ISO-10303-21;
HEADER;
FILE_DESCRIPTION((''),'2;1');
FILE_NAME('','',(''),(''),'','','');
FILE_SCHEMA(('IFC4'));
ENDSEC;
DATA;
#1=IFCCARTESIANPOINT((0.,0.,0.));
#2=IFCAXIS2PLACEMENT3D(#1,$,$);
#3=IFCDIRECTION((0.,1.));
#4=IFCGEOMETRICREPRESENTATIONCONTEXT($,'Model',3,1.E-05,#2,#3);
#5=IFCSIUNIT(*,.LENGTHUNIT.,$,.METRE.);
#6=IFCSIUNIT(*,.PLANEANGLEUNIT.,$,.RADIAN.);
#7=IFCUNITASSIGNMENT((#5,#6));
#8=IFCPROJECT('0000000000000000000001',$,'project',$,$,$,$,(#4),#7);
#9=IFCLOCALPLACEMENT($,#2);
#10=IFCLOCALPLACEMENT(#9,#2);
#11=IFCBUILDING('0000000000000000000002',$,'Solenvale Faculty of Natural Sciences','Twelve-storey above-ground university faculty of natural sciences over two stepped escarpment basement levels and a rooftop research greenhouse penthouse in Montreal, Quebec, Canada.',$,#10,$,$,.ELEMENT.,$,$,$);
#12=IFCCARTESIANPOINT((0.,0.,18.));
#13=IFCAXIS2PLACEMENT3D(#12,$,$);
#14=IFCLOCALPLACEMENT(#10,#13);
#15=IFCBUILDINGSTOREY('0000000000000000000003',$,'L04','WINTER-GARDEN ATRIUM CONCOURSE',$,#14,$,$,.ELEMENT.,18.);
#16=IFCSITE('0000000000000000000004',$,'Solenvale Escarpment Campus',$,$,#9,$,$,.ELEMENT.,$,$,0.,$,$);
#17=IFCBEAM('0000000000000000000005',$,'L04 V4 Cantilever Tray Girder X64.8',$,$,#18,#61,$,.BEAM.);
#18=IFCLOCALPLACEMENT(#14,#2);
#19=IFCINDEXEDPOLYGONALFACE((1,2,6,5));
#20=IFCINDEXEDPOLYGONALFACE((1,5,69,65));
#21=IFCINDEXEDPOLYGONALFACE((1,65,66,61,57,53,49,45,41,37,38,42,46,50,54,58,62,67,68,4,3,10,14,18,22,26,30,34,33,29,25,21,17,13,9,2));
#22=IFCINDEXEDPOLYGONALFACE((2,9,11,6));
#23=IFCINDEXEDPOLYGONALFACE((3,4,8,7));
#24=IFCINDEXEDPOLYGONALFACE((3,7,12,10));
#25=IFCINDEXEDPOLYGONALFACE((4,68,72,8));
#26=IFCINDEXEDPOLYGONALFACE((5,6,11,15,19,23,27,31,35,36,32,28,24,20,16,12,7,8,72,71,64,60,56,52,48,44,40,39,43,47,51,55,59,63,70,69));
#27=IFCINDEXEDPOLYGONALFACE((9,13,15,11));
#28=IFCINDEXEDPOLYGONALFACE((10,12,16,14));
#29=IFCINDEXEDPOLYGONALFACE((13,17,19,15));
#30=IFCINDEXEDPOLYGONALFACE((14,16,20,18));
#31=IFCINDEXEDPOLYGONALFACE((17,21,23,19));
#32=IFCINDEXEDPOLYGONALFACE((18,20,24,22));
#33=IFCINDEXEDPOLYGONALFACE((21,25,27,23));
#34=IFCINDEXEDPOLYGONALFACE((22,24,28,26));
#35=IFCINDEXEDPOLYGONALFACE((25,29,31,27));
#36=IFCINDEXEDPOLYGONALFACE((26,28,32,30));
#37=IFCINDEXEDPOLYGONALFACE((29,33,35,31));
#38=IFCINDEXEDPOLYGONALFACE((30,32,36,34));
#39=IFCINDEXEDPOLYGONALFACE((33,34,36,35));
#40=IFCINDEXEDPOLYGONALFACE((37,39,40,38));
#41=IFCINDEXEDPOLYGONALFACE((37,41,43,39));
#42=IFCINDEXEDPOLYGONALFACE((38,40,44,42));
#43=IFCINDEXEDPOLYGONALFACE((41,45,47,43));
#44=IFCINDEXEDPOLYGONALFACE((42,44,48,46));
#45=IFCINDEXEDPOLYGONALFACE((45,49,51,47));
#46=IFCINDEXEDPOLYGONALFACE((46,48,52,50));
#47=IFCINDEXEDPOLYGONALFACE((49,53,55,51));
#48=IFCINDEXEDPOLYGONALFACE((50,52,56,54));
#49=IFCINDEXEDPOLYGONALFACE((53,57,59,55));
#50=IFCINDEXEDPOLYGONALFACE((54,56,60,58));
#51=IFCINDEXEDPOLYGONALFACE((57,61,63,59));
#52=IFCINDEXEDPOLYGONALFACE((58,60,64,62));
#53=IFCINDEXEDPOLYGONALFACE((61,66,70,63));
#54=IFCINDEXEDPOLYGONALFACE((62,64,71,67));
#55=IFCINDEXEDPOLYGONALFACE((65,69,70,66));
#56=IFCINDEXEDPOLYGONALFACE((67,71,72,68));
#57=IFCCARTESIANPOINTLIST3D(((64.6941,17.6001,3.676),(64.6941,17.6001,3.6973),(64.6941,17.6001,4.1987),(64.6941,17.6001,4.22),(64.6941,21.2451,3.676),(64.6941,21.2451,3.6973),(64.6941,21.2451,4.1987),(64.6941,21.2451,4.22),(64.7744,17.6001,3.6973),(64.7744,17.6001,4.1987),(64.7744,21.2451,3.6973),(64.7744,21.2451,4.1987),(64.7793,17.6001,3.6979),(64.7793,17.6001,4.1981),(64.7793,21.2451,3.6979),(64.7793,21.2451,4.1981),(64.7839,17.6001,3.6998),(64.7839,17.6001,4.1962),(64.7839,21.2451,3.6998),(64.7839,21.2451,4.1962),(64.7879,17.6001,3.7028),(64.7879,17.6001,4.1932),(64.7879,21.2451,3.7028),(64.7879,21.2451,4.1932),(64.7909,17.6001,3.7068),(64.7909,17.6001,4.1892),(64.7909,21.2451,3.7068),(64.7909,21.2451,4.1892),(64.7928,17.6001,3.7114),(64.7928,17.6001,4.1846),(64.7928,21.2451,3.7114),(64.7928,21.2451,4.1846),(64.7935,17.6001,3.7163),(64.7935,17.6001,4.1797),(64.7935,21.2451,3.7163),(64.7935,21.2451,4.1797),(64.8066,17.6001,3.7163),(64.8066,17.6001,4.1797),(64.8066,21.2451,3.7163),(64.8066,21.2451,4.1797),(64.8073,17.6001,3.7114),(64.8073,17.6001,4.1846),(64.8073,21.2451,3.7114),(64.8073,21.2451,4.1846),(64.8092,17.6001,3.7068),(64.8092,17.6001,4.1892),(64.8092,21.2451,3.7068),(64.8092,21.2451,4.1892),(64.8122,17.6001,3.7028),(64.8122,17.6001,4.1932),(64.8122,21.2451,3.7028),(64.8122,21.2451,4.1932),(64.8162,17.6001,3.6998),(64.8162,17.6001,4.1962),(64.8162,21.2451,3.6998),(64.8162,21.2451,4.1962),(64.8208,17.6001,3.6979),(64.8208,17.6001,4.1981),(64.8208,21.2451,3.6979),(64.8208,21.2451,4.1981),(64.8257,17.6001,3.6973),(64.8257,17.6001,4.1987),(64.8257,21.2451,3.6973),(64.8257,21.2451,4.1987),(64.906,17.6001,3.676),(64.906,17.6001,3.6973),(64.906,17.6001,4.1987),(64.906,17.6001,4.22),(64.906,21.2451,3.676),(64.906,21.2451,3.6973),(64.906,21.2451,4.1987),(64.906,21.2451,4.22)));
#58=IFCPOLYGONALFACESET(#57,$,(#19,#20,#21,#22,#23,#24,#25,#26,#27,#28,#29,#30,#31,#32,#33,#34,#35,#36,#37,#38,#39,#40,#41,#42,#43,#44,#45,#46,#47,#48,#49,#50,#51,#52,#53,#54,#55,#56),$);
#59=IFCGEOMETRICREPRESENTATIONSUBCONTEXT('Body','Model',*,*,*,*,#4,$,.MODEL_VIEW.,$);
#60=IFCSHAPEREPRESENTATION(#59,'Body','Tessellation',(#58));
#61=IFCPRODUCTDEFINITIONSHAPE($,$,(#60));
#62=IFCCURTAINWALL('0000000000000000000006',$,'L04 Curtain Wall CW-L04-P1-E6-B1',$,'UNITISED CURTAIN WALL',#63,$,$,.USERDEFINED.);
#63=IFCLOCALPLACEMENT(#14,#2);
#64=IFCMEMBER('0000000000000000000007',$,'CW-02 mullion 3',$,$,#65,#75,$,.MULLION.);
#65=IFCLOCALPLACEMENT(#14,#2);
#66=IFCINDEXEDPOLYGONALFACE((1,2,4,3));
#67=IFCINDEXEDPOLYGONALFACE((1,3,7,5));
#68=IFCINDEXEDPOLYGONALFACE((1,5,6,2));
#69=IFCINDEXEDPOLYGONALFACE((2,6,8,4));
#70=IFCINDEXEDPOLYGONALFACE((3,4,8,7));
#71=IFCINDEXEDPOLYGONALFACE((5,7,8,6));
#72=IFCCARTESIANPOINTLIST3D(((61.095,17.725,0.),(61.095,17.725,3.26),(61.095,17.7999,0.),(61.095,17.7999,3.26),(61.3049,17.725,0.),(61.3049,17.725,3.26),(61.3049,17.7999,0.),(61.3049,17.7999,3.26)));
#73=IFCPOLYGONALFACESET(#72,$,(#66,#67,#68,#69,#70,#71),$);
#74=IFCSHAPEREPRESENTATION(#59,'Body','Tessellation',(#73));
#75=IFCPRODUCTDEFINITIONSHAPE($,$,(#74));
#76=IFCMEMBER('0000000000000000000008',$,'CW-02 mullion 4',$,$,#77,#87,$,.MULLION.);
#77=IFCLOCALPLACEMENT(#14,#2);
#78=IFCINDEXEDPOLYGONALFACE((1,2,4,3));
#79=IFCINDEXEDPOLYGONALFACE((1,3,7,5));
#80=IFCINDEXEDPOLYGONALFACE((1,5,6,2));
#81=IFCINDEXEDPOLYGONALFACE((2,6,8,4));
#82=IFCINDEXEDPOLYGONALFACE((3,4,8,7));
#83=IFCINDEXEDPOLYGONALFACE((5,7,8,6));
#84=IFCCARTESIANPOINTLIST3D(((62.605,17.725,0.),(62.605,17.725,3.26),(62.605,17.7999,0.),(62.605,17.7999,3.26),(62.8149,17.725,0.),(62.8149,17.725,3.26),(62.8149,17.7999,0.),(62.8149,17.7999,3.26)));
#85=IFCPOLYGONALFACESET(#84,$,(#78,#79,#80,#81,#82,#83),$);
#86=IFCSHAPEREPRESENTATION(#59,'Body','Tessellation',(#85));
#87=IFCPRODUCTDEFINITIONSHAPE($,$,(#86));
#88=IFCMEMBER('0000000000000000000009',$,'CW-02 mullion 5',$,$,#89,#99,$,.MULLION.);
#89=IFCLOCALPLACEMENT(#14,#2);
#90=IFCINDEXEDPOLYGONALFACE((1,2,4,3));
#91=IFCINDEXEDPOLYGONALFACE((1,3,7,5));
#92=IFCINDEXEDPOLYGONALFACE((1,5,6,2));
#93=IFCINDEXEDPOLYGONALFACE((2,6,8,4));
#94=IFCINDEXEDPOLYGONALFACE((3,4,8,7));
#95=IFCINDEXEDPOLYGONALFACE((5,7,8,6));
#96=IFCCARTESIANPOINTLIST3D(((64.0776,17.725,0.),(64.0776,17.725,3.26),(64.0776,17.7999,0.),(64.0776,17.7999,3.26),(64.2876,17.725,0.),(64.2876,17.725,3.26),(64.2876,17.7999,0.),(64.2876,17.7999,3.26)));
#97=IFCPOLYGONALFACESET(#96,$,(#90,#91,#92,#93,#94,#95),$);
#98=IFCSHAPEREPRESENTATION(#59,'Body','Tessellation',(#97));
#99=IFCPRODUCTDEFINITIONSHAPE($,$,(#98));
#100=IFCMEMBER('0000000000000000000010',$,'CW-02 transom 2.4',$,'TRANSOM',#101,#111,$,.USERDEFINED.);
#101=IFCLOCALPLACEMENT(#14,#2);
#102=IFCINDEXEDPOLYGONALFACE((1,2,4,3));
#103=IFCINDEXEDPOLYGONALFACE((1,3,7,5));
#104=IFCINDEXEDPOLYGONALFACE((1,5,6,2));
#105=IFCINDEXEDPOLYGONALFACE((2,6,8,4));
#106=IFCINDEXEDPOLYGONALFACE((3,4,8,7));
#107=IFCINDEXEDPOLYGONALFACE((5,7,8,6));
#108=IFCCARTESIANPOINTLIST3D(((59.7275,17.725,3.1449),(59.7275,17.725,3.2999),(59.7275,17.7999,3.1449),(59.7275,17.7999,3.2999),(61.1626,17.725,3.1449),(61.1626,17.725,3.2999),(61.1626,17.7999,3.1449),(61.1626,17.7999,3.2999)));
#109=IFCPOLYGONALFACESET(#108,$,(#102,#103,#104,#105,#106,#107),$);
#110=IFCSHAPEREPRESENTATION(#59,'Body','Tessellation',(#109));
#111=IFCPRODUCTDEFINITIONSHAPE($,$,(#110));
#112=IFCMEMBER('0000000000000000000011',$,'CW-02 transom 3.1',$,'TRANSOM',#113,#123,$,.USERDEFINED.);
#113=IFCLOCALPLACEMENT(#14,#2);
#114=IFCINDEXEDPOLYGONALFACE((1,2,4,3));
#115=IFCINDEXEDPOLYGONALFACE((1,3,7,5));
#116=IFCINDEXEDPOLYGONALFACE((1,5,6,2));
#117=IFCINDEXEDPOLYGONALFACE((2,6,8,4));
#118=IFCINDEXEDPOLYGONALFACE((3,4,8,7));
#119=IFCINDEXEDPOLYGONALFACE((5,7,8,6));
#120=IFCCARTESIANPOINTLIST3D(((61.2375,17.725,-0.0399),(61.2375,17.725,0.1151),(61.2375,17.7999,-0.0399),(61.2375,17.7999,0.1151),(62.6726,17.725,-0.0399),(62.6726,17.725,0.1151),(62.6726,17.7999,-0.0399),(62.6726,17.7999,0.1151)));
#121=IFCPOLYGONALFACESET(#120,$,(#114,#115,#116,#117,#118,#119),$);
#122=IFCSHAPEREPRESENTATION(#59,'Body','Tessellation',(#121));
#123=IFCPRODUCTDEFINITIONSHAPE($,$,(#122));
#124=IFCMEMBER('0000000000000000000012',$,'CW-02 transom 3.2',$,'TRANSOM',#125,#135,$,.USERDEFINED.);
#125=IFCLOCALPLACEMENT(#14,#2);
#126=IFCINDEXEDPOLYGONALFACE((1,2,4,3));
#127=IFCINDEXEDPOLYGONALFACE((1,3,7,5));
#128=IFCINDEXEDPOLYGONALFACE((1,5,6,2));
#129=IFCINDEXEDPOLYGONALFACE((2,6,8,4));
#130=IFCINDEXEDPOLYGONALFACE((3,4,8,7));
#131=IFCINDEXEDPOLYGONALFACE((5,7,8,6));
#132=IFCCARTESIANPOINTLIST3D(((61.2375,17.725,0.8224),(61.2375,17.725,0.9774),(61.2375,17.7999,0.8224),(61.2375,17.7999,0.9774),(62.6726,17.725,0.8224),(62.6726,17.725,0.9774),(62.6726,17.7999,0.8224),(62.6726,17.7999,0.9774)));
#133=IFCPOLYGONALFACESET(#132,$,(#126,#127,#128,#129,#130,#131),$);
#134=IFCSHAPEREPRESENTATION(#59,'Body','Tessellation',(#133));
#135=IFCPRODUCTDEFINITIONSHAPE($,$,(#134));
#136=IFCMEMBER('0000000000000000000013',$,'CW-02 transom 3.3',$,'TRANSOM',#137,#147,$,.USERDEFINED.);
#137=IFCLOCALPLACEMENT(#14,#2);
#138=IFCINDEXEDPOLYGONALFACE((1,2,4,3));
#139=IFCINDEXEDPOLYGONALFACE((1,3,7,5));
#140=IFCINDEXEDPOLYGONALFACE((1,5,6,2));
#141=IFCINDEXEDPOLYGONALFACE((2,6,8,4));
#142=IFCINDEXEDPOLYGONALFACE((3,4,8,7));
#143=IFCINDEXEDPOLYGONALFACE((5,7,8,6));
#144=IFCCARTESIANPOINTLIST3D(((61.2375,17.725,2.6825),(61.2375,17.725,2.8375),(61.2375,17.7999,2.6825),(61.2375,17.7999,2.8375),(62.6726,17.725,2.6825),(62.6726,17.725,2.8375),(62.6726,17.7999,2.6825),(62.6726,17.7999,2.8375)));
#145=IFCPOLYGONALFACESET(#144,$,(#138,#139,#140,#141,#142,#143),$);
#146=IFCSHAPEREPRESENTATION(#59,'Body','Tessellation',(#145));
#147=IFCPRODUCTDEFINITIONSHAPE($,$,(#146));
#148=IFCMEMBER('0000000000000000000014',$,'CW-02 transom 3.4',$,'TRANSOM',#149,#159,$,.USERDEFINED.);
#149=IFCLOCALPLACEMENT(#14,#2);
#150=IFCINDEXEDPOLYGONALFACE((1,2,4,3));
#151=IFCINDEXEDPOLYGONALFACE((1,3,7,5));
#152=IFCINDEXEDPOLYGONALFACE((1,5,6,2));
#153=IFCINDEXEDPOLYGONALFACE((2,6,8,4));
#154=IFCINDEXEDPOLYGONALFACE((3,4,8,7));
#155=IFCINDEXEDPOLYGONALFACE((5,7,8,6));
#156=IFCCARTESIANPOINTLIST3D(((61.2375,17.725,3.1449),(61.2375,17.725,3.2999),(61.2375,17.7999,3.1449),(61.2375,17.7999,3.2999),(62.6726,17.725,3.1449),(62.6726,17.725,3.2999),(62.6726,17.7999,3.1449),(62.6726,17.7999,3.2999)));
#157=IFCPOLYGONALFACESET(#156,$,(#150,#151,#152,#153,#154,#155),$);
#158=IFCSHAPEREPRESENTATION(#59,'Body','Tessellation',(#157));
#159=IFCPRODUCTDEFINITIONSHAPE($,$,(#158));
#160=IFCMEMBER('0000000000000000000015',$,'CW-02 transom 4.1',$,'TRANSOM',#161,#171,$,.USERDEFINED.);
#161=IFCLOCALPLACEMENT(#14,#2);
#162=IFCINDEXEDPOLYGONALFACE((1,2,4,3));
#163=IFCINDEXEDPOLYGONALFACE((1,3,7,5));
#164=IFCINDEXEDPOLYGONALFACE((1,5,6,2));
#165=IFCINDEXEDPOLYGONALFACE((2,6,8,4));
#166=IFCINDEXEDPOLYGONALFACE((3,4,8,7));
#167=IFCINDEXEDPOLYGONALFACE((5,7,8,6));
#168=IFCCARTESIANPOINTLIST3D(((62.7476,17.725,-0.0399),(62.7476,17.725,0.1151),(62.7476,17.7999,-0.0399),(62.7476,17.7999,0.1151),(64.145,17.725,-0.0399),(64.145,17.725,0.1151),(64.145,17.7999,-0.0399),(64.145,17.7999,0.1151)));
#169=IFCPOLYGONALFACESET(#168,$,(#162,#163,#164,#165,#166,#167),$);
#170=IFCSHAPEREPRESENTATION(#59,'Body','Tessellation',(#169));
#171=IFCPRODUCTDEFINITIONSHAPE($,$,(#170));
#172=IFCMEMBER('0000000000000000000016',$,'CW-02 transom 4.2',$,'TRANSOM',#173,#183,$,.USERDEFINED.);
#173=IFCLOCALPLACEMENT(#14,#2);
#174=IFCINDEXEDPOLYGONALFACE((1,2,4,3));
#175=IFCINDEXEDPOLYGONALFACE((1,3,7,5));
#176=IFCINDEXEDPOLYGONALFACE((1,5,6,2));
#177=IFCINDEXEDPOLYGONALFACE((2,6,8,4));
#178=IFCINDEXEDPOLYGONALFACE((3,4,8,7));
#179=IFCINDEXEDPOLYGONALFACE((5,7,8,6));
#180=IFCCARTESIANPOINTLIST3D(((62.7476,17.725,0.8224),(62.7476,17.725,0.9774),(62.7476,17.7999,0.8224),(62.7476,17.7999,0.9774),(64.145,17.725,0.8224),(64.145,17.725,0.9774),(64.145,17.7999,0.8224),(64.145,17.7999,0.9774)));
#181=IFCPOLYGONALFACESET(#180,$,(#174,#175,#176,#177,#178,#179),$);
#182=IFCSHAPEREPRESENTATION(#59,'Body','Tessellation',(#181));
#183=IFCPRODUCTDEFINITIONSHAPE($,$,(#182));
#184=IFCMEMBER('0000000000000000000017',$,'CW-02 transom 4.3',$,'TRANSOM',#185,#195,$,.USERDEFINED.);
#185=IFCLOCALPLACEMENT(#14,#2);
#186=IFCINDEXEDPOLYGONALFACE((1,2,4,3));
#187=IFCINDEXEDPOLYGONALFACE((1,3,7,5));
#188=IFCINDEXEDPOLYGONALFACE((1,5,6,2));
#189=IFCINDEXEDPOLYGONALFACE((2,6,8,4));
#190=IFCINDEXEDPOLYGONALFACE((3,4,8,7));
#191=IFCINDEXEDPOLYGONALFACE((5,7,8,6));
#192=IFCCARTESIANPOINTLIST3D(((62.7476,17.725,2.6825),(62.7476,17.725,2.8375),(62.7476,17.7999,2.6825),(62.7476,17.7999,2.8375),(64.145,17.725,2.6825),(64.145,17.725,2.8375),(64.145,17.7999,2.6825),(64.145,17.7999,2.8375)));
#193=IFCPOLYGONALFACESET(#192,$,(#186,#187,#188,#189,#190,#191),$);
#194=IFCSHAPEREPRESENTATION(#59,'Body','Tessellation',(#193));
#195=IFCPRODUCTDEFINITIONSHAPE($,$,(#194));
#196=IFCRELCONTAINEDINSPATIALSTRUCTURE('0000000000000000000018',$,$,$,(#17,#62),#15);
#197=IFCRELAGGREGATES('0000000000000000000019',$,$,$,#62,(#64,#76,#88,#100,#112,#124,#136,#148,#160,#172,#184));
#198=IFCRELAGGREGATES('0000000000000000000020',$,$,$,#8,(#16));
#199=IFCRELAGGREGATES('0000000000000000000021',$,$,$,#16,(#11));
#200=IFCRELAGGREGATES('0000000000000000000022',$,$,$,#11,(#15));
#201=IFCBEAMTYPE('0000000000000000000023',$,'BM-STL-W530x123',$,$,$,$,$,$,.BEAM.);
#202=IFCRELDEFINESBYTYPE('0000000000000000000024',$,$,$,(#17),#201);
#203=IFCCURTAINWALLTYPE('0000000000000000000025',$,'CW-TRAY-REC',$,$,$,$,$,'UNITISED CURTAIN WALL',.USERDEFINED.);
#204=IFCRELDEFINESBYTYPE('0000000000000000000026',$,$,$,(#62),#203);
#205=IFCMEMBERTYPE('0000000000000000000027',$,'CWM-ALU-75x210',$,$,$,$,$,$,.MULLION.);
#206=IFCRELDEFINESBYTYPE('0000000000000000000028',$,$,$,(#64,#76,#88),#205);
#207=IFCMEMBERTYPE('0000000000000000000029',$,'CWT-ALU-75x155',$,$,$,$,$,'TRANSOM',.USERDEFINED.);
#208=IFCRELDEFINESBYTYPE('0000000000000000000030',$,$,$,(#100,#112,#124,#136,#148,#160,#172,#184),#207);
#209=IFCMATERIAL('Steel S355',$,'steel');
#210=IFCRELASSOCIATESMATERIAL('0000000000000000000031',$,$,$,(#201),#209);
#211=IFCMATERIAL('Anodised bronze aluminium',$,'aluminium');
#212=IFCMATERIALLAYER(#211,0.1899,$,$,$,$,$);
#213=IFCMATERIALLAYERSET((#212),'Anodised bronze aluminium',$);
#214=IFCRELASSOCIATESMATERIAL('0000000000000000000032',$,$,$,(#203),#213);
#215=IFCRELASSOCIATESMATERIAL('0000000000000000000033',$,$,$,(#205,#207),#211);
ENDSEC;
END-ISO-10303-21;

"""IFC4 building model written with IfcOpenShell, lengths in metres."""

from ifc_helpers import new_model, si_unit, direction, frame, origin, origin_2d, place, context, subcontext, project, spatial, rectangle, i_section, extrude, material, layer, layer_set, material_profile, profile_set, type_object, element, aggregate, save


model = new_model("IFC4")

# Units and contexts
model_context = context("Model", 3, precision=1e-05, world=origin(), true_north=direction((0.0, 1.0)))
body_context = subcontext(model_context, "Body", "Model", "MODEL_VIEW")
ifc_project = project(units=[si_unit("LENGTHUNIT", "METRE"), si_unit("PLANEANGLEUNIT", "RADIAN")], contexts=[model_context])

# Site, building, storey
site_placement = place(None, origin())
site = spatial("IfcSite", under=ifc_project, at=site_placement, Name="Solenvale Escarpment Campus", CompositionType="ELEMENT", RefElevation=0.0)
building_placement = place(site_placement, origin())
building = spatial("IfcBuilding", under=site, at=building_placement, Name="Solenvale Faculty of Natural Sciences", Description="Twelve-storey above-ground university faculty of natural sciences over two stepped escarpment basement levels and a rooftop research greenhouse penthouse in Montreal, Quebec, Canada.", CompositionType="ELEMENT")
storey_placement = place(building_placement, frame((0.0, 0.0, 18.0)))
storey = spatial("IfcBuildingStorey", under=building, at=storey_placement, Name="L04", Description="WINTER-GARDEN ATRIUM CONCOURSE", CompositionType="ELEMENT", Elevation=18.0)

# Beam
ifc_material_1 = material(Name="Steel S355", Category="steel")
ifc_material_profile_1 = material_profile(ifc_material_1, i_section(OverallWidth=0.2119, OverallDepth=0.5439, WebThickness=0.0132, FlangeThickness=0.0212, FilletRadius=0.019, at=origin_2d()), Name="W530x123")
ifc_profile_set_1 = profile_set([ifc_material_profile_1], Name="Steel S355")
beam_type = type_object("IfcBeamType", Name="BM-STL-W530x123", PredefinedType="BEAM", material=ifc_profile_set_1)
beam_placement = place(storey_placement, frame((64.8, 21.2451, 3.948), z_axis=(0.0, -1.0, 0.0), x_axis=(1.0, 0.0, 0.0)))
element("IfcBeam", 1, at=beam_placement, inside=storey, type_object=beam_type, Name="L04 V4 Cantilever Tray Girder X64.8", PredefinedType="BEAM", context=body_context, shape_type="SweptSolid", body=[
    extrude(i_section(OverallWidth=0.2119, OverallDepth=0.5439, WebThickness=0.0132, FlangeThickness=0.0212, FilletRadius=0.019, at=origin_2d()), origin(), (0.0, 0.0, 1.0), 3.645),
])

# Curtain wall, members
ifc_material_2 = material(Name="Anodised bronze aluminium", Category="aluminium")
ifc_layer_1 = layer(ifc_material_2, 0.1899)
ifc_layer_set_1 = layer_set([ifc_layer_1], Name="Anodised bronze aluminium")
curtain_wall_type = type_object("IfcCurtainWallType", Name="CW-TRAY-REC", ElementType="UNITISED CURTAIN WALL", PredefinedType="USERDEFINED", material=ifc_layer_set_1)
curtain_wall_placement = place(storey_placement, origin())
curtain_wall = element("IfcCurtainWall", 2, at=curtain_wall_placement, inside=storey, type_object=curtain_wall_type, Name="L04 Curtain Wall CW-L04-P1-E6-B1", ObjectType="UNITISED CURTAIN WALL", PredefinedType="USERDEFINED")
ifc_material_profile_2 = material_profile(ifc_material_2, rectangle(XDim=0.075, YDim=0.21, at=origin_2d()), Name="ALU-MUL-75x210")
ifc_profile_set_2 = profile_set([ifc_material_profile_2], Name="Anodised bronze aluminium")
member_type_1 = type_object("IfcMemberType", Name="CWM-ALU-75x210", PredefinedType="MULLION", material=ifc_profile_set_2)
member_1_placement = place(storey_placement, frame((61.2, 17.7625, 0.0), z_axis=(0.0, 0.0, 1.0), x_axis=(0.0, 1.0, 0.0)))
member_1 = element("IfcMember", 3, at=member_1_placement, type_object=member_type_1, Name="CW-02 mullion 3", PredefinedType="MULLION", context=body_context, shape_type="SweptSolid", body=[
    extrude(rectangle(XDim=0.075, YDim=0.21, at=origin_2d()), origin(), (0.0, 0.0, 1.0), 3.26),
])
member_2_placement = place(storey_placement, frame((62.71, 17.7625, 0.0), z_axis=(0.0, 0.0, 1.0), x_axis=(0.0, 1.0, 0.0)))
member_2 = element("IfcMember", 4, at=member_2_placement, type_object=member_type_1, Name="CW-02 mullion 4", PredefinedType="MULLION", context=body_context, shape_type="SweptSolid", body=[
    extrude(rectangle(XDim=0.075, YDim=0.21, at=origin_2d()), origin(), (0.0, 0.0, 1.0), 3.26),
])
member_3_placement = place(storey_placement, frame((64.1826, 17.7625, 0.0), z_axis=(0.0, 0.0, 1.0), x_axis=(0.0, 1.0, 0.0)))
member_3 = element("IfcMember", 5, at=member_3_placement, type_object=member_type_1, Name="CW-02 mullion 5", PredefinedType="MULLION", context=body_context, shape_type="SweptSolid", body=[
    extrude(rectangle(XDim=0.075, YDim=0.21, at=origin_2d()), origin(), (0.0, 0.0, 1.0), 3.26),
])
ifc_material_profile_3 = material_profile(ifc_material_2, rectangle(XDim=0.075, YDim=0.155, at=origin_2d()), Name="ALU-TRN-75x155")
ifc_profile_set_3 = profile_set([ifc_material_profile_3], Name="Anodised bronze aluminium")
member_type_2 = type_object("IfcMemberType", Name="CWT-ALU-75x155", ElementType="TRANSOM", PredefinedType="USERDEFINED", material=ifc_profile_set_3)
member_4_placement = place(storey_placement, frame((59.7275, 17.7625, 3.2224), z_axis=(1.0, 0.0, 0.0), x_axis=(0.0, 1.0, 0.0)))
member_4 = element("IfcMember", 6, at=member_4_placement, type_object=member_type_2, Name="CW-02 transom 2.4", ObjectType="TRANSOM", PredefinedType="USERDEFINED", context=body_context, shape_type="SweptSolid", body=[
    extrude(rectangle(XDim=0.075, YDim=0.155, at=origin_2d()), origin(), (0.0, 0.0, 1.0), 1.4351),
])
member_5_placement = place(storey_placement, frame((61.2375, 17.7625, 0.0376), z_axis=(1.0, 0.0, 0.0), x_axis=(0.0, 1.0, 0.0)))
member_5 = element("IfcMember", 7, at=member_5_placement, type_object=member_type_2, Name="CW-02 transom 3.1", ObjectType="TRANSOM", PredefinedType="USERDEFINED", context=body_context, shape_type="SweptSolid", body=[
    extrude(rectangle(XDim=0.075, YDim=0.155, at=origin_2d()), origin(), (0.0, 0.0, 1.0), 1.4351),
])
member_6_placement = place(storey_placement, frame((61.2375, 17.7625, 0.8999), z_axis=(1.0, 0.0, 0.0), x_axis=(0.0, 1.0, 0.0)))
member_6 = element("IfcMember", 8, at=member_6_placement, type_object=member_type_2, Name="CW-02 transom 3.2", ObjectType="TRANSOM", PredefinedType="USERDEFINED", context=body_context, shape_type="SweptSolid", body=[
    extrude(rectangle(XDim=0.075, YDim=0.155, at=origin_2d()), origin(), (0.0, 0.0, 1.0), 1.4351),
])
member_7_placement = place(storey_placement, frame((61.2375, 17.7625, 2.76), z_axis=(1.0, 0.0, 0.0), x_axis=(0.0, 1.0, 0.0)))
member_7 = element("IfcMember", 9, at=member_7_placement, type_object=member_type_2, Name="CW-02 transom 3.3", ObjectType="TRANSOM", PredefinedType="USERDEFINED", context=body_context, shape_type="SweptSolid", body=[
    extrude(rectangle(XDim=0.075, YDim=0.155, at=origin_2d()), origin(), (0.0, 0.0, 1.0), 1.4351),
])
member_8_placement = place(storey_placement, frame((61.2375, 17.7625, 3.2224), z_axis=(1.0, 0.0, 0.0), x_axis=(0.0, 1.0, 0.0)))
member_8 = element("IfcMember", 10, at=member_8_placement, type_object=member_type_2, Name="CW-02 transom 3.4", ObjectType="TRANSOM", PredefinedType="USERDEFINED", context=body_context, shape_type="SweptSolid", body=[
    extrude(rectangle(XDim=0.075, YDim=0.155, at=origin_2d()), origin(), (0.0, 0.0, 1.0), 1.4351),
])
member_9_placement = place(storey_placement, frame((62.7476, 17.7625, 0.0376), z_axis=(1.0, 0.0, 0.0), x_axis=(0.0, 1.0, 0.0)))
member_9 = element("IfcMember", 11, at=member_9_placement, type_object=member_type_2, Name="CW-02 transom 4.1", ObjectType="TRANSOM", PredefinedType="USERDEFINED", context=body_context, shape_type="SweptSolid", body=[
    extrude(rectangle(XDim=0.075, YDim=0.155, at=origin_2d()), origin(), (0.0, 0.0, 1.0), 1.3975),
])
member_10_placement = place(storey_placement, frame((62.7476, 17.7625, 0.8999), z_axis=(1.0, 0.0, 0.0), x_axis=(0.0, 1.0, 0.0)))
member_10 = element("IfcMember", 12, at=member_10_placement, type_object=member_type_2, Name="CW-02 transom 4.2", ObjectType="TRANSOM", PredefinedType="USERDEFINED", context=body_context, shape_type="SweptSolid", body=[
    extrude(rectangle(XDim=0.075, YDim=0.155, at=origin_2d()), origin(), (0.0, 0.0, 1.0), 1.3975),
])
member_11_placement = place(storey_placement, frame((62.7476, 17.7625, 2.76), z_axis=(1.0, 0.0, 0.0), x_axis=(0.0, 1.0, 0.0)))
member_11 = element("IfcMember", 13, at=member_11_placement, type_object=member_type_2, Name="CW-02 transom 4.3", ObjectType="TRANSOM", PredefinedType="USERDEFINED", context=body_context, shape_type="SweptSolid", body=[
    extrude(rectangle(XDim=0.075, YDim=0.155, at=origin_2d()), origin(), (0.0, 0.0, 1.0), 1.3975),
])
aggregate(curtain_wall, [member_1, member_2, member_3, member_4, member_5, member_6, member_7, member_8, member_9, member_10, member_11])

save(model, "model.ifc")
